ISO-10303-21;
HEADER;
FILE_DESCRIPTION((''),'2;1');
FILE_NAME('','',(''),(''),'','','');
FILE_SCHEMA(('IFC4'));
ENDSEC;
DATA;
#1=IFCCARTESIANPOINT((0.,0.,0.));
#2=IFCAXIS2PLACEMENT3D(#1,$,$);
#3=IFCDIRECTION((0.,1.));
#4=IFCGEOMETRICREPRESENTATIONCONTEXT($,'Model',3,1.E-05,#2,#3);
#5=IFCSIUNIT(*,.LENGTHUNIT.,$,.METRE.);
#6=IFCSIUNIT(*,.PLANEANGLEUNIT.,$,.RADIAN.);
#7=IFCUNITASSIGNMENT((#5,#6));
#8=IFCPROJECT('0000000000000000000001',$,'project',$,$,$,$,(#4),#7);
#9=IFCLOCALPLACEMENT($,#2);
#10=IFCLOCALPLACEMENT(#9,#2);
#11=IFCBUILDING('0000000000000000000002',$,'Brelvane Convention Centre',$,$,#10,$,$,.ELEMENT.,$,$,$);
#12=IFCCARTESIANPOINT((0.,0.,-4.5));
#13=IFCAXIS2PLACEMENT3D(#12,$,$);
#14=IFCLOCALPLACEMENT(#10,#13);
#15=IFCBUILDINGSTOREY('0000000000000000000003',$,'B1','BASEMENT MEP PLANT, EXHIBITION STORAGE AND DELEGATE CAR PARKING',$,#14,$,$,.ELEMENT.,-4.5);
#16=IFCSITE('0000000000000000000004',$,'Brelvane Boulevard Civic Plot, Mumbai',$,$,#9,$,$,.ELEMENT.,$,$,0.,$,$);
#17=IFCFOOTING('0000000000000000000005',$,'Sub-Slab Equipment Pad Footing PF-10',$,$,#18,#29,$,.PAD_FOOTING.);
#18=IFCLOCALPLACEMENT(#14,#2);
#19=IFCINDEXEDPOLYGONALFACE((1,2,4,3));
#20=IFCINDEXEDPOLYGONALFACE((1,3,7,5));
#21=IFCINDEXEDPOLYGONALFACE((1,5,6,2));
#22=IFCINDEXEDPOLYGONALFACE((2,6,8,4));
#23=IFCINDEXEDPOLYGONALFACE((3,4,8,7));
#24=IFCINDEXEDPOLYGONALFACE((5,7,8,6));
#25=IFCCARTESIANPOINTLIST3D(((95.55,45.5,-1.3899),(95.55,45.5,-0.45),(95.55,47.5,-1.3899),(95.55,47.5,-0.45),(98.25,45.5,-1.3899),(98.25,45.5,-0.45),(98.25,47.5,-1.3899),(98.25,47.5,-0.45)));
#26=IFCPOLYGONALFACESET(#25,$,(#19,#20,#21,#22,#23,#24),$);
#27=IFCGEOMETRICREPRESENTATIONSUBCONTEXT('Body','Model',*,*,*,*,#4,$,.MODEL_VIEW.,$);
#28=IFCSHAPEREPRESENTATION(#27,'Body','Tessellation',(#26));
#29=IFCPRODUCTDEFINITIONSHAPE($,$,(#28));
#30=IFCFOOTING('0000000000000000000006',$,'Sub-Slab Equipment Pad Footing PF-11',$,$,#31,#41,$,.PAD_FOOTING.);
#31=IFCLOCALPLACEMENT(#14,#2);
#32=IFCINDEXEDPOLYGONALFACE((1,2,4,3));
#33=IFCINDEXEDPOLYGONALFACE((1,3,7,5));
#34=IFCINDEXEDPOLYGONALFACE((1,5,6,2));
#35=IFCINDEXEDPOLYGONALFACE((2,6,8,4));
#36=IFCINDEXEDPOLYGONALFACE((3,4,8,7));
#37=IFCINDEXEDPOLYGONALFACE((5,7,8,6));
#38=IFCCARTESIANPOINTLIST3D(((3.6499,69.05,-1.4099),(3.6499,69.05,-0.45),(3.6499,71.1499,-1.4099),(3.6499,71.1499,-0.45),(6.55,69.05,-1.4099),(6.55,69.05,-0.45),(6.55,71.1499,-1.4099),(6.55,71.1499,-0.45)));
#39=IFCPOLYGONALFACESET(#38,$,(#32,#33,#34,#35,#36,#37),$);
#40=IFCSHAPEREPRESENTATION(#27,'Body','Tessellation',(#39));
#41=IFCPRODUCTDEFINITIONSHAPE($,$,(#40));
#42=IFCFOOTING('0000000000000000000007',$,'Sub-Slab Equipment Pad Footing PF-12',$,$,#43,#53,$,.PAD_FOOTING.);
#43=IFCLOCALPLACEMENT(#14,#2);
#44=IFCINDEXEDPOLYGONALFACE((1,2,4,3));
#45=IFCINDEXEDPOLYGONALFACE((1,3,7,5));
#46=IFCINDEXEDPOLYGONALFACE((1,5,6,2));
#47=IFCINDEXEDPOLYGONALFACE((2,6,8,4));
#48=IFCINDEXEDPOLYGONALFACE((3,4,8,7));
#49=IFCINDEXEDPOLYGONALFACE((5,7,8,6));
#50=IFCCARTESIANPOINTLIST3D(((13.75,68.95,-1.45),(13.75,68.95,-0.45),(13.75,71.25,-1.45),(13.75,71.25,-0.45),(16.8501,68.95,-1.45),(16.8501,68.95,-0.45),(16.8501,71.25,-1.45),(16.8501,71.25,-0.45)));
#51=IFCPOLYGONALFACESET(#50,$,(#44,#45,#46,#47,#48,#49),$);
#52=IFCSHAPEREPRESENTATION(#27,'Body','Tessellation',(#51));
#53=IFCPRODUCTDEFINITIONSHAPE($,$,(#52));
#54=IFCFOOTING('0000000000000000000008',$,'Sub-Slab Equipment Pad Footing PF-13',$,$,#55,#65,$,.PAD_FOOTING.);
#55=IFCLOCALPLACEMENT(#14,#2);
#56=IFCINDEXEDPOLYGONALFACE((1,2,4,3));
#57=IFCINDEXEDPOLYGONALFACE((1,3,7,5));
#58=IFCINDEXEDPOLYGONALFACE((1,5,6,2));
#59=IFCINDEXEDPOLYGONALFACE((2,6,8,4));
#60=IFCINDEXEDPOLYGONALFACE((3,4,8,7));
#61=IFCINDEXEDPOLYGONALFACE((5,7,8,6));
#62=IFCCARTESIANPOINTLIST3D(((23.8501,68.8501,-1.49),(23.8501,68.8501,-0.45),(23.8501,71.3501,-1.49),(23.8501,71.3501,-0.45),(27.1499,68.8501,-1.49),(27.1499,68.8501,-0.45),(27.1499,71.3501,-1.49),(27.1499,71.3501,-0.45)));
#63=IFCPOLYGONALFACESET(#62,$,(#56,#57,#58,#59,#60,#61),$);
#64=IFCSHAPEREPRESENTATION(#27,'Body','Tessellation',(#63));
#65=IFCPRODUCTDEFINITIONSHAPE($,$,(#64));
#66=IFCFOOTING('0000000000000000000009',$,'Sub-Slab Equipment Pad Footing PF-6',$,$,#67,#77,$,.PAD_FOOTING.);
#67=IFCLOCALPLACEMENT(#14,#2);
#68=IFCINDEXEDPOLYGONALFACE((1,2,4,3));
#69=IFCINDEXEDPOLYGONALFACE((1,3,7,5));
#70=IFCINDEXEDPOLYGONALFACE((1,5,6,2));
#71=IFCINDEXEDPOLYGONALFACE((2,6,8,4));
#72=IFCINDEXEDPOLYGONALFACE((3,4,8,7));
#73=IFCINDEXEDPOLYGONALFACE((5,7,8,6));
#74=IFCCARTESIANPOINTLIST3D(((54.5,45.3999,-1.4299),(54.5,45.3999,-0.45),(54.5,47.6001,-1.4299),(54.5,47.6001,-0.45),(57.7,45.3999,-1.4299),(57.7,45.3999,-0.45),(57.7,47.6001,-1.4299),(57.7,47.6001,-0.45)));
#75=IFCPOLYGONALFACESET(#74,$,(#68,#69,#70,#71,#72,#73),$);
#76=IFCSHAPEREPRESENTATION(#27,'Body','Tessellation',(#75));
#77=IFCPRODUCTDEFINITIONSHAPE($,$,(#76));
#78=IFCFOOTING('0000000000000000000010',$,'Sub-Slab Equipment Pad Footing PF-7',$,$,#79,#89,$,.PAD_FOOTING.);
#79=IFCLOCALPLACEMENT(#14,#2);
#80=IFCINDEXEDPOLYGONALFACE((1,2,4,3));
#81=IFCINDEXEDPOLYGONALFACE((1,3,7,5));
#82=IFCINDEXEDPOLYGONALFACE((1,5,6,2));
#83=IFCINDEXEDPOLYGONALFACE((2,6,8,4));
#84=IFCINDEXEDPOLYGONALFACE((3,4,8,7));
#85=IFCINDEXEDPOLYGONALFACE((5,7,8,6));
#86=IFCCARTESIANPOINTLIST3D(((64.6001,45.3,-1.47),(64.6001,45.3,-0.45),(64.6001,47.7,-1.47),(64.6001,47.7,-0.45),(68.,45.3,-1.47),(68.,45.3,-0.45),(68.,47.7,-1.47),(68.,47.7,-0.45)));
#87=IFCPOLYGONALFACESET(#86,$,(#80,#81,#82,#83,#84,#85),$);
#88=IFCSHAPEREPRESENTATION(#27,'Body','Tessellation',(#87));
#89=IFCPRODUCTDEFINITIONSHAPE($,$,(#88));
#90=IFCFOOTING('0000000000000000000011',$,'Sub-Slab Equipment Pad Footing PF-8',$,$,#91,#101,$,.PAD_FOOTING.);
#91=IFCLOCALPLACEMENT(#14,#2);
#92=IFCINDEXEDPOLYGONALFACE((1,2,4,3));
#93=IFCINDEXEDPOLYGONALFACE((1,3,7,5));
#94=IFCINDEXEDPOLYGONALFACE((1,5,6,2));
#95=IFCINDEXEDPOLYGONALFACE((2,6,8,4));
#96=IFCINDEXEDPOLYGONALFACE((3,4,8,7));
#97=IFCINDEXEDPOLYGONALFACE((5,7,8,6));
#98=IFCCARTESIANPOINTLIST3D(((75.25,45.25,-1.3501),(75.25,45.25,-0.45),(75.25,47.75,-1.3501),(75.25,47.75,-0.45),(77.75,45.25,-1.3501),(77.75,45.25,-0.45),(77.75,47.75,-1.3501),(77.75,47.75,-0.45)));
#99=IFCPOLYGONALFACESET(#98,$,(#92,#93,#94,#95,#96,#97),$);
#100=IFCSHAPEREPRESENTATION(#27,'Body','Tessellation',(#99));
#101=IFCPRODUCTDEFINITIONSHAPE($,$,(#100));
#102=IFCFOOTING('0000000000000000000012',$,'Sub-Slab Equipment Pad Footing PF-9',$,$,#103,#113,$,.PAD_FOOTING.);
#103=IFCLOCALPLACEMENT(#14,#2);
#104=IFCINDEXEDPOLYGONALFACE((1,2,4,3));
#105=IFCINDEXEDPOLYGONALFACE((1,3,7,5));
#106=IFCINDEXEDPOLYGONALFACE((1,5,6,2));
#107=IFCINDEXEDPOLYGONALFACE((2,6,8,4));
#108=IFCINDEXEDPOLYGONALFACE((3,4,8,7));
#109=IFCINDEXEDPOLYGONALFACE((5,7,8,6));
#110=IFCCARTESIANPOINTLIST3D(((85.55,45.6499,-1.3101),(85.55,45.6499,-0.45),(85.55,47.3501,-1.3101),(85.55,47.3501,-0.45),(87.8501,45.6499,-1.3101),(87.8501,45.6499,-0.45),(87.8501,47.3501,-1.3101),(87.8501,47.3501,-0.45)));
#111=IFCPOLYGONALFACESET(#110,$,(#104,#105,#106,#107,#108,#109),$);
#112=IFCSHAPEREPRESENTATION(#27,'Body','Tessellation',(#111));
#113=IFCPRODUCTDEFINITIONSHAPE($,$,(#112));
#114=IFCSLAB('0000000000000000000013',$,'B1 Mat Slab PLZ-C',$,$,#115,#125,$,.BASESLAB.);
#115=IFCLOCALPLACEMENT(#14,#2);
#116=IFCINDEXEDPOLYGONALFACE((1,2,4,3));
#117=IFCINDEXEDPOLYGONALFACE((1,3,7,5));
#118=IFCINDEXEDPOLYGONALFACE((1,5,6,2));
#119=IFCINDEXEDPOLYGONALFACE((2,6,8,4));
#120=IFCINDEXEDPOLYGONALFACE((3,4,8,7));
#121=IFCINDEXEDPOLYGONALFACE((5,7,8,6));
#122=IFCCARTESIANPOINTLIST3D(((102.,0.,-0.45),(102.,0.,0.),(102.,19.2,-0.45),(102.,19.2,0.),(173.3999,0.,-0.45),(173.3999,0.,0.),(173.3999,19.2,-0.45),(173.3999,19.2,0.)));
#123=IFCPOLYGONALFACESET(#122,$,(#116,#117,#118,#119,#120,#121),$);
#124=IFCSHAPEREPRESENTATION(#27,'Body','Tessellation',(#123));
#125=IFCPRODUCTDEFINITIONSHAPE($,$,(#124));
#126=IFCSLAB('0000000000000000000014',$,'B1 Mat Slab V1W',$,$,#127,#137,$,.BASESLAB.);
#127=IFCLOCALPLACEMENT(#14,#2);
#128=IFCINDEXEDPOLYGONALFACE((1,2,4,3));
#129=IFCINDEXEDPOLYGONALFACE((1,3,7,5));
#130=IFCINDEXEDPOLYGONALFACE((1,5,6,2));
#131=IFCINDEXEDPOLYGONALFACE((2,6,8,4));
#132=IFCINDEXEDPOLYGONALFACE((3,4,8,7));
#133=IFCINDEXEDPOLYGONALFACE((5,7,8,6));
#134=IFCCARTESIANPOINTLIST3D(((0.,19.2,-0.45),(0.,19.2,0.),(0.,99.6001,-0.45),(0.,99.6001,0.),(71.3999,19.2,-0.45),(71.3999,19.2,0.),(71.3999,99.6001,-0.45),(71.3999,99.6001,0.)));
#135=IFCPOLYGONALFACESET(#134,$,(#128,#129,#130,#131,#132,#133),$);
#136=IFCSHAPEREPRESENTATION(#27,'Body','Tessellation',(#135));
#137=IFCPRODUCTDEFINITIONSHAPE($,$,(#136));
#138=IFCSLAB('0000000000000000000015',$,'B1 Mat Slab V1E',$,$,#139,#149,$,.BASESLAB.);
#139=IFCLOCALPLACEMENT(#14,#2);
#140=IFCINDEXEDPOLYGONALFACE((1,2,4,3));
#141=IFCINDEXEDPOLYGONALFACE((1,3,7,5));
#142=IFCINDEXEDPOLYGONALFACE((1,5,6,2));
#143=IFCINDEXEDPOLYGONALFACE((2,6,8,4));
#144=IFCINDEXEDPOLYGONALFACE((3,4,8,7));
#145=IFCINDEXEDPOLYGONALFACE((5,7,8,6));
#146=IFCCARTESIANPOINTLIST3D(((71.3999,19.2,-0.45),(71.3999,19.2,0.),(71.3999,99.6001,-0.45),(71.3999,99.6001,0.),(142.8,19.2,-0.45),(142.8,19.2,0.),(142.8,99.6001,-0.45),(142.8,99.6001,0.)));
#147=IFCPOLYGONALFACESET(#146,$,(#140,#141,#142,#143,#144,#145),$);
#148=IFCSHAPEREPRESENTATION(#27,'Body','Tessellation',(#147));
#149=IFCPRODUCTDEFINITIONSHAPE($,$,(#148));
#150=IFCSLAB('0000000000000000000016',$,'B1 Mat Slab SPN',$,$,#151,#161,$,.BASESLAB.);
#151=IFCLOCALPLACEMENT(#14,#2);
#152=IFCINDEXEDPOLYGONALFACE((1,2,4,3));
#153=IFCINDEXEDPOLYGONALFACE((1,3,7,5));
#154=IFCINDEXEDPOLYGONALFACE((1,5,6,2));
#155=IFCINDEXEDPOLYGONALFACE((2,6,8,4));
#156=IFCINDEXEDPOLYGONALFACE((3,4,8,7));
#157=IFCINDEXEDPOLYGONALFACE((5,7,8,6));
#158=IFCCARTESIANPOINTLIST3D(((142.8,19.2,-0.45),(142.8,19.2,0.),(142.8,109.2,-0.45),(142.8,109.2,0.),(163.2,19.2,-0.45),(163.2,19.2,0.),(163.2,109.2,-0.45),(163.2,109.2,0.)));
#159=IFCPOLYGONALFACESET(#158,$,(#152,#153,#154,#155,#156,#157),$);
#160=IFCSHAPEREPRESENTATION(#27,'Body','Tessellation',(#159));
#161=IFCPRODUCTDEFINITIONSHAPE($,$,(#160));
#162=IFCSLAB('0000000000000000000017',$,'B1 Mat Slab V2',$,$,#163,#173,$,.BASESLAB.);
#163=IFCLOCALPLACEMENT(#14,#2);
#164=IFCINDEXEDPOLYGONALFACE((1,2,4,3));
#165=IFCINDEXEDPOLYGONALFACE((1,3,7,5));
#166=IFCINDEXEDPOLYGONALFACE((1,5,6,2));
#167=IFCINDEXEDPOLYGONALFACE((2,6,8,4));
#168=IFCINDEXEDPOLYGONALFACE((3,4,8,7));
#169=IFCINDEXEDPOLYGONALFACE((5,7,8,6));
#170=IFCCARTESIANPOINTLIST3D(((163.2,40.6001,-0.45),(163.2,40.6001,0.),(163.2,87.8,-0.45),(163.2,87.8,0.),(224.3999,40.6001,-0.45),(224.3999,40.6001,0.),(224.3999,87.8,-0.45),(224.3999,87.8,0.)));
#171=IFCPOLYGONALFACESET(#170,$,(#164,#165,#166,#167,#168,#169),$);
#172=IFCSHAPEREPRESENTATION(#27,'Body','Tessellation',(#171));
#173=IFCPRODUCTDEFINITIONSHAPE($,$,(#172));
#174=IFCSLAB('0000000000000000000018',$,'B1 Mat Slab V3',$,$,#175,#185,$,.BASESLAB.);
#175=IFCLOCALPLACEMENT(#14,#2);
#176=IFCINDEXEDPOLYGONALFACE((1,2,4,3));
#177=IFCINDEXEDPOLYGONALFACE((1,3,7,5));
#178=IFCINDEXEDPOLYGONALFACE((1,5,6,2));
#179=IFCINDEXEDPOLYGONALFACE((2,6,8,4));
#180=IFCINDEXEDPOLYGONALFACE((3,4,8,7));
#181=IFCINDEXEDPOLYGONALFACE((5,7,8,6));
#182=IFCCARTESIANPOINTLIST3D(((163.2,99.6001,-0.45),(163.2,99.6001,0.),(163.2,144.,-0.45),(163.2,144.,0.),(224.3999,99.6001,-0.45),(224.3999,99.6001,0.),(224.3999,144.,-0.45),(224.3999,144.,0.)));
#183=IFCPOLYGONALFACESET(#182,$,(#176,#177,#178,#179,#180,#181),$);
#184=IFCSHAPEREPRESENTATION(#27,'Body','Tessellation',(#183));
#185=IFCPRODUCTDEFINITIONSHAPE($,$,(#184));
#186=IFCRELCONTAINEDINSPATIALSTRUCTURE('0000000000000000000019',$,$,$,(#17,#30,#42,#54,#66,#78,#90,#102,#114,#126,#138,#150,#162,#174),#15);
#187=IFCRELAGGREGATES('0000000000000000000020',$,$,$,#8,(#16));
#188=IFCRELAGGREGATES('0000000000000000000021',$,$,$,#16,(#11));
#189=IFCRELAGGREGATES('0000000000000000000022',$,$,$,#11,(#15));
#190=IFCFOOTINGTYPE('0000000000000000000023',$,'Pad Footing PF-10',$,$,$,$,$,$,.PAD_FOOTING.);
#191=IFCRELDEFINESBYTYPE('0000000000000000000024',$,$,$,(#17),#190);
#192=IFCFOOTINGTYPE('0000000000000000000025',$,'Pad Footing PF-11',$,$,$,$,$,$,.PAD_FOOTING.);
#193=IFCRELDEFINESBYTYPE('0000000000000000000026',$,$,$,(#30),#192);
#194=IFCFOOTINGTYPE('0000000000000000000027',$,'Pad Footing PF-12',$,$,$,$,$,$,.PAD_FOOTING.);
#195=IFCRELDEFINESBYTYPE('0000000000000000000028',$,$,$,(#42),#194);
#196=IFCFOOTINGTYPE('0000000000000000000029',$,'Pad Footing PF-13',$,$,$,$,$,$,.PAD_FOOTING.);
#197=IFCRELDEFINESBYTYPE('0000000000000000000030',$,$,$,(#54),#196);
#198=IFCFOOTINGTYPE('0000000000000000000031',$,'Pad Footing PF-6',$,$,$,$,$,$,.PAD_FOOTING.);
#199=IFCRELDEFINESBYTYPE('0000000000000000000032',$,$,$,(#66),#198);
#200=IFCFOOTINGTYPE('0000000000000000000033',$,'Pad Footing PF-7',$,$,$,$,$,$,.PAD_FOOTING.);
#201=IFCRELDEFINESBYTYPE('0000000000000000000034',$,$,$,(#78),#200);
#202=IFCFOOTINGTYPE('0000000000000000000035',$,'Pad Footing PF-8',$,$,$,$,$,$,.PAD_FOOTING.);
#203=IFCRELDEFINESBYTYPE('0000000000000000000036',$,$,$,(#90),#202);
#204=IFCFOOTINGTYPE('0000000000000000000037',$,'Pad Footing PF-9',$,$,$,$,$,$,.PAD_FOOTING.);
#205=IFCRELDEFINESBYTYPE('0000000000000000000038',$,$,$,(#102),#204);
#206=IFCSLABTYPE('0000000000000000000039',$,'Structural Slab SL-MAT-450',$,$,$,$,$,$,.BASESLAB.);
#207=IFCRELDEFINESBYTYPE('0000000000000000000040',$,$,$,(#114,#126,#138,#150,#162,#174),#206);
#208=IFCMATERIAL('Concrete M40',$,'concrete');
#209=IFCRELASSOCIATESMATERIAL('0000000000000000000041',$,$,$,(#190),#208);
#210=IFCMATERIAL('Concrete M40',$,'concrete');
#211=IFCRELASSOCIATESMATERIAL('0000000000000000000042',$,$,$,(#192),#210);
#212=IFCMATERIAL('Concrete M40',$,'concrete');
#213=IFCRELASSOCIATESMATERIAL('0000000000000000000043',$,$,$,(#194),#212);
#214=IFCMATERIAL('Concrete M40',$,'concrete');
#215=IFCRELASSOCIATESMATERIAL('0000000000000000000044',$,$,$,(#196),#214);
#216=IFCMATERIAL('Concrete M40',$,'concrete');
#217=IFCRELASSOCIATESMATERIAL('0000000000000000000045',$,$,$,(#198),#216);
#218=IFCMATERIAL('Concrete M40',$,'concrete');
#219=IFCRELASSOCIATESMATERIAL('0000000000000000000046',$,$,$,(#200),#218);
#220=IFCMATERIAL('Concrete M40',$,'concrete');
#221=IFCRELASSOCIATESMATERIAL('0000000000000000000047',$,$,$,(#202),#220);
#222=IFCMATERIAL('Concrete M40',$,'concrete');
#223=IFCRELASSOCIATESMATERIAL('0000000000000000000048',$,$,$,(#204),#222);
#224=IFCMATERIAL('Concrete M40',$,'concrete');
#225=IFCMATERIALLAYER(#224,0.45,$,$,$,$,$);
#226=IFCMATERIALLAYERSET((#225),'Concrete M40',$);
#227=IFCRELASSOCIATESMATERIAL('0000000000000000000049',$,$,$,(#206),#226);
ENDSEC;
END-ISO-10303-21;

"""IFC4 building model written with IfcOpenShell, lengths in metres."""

from ifc_helpers import new_model, si_unit, direction, frame, origin, place, context, subcontext, project, spatial, polyline, outline, extrude, material, layer, layer_set, type_object, element, save


model = new_model("IFC4")

# Units and contexts
model_context = context("Model", 3, precision=1e-05, world=origin(), true_north=direction((0.0, 1.0)))
body_context = subcontext(model_context, "Body", "Model", "MODEL_VIEW")
ifc_project = project(units=[si_unit("LENGTHUNIT", "METRE"), si_unit("PLANEANGLEUNIT", "RADIAN")], contexts=[model_context])

# Site, building, storey
site_placement = place(None, origin())
site = spatial("IfcSite", under=ifc_project, at=site_placement, Name="Brelvane Boulevard Civic Plot, Mumbai", CompositionType="ELEMENT", RefElevation=0.0)
building_placement = place(site_placement, origin())
building = spatial("IfcBuilding", under=site, at=building_placement, Name="Brelvane Convention Centre", CompositionType="ELEMENT")
storey_placement = place(building_placement, frame((0.0, 0.0, -4.5)))
storey = spatial("IfcBuildingStorey", under=building, at=storey_placement, Name="B1", Description="BASEMENT MEP PLANT, EXHIBITION STORAGE AND DELEGATE CAR PARKING", CompositionType="ELEMENT", Elevation=-4.5)

# Footings
ifc_material_1 = material(Name="Concrete M40", Category="concrete")
footing_type_1 = type_object("IfcFootingType", Name="Pad Footing PF-10", PredefinedType="PAD_FOOTING", material=ifc_material_1)
footing_1_placement = place(storey_placement, frame((0.0, 0.0, -1.3899)))
element("IfcFooting", 1, at=footing_1_placement, inside=storey, type_object=footing_type_1, Name="Sub-Slab Equipment Pad Footing PF-10", PredefinedType="PAD_FOOTING", context=body_context, shape_type="SweptSolid", body=[
    extrude(outline(polyline([(95.55, 45.5), (98.25, 45.5), (98.25, 47.5), (95.55, 47.5), (95.55, 45.5)])), origin(), (0.0, 0.0, 1.0), 0.9399),
])
ifc_material_2 = material(Name="Concrete M40", Category="concrete")
footing_type_2 = type_object("IfcFootingType", Name="Pad Footing PF-11", PredefinedType="PAD_FOOTING", material=ifc_material_2)
footing_2_placement = place(storey_placement, frame((0.0, 0.0, -1.4099)))
element("IfcFooting", 2, at=footing_2_placement, inside=storey, type_object=footing_type_2, Name="Sub-Slab Equipment Pad Footing PF-11", PredefinedType="PAD_FOOTING", context=body_context, shape_type="SweptSolid", body=[
    extrude(outline(polyline([(3.6499, 69.05), (6.55, 69.05), (6.55, 71.1499), (3.6499, 71.1499), (3.6499, 69.05)])), origin(), (0.0, 0.0, 1.0), 0.96),
])
ifc_material_3 = material(Name="Concrete M40", Category="concrete")
footing_type_3 = type_object("IfcFootingType", Name="Pad Footing PF-12", PredefinedType="PAD_FOOTING", material=ifc_material_3)
footing_3_placement = place(storey_placement, frame((0.0, 0.0, -1.45)))
element("IfcFooting", 3, at=footing_3_placement, inside=storey, type_object=footing_type_3, Name="Sub-Slab Equipment Pad Footing PF-12", PredefinedType="PAD_FOOTING", context=body_context, shape_type="SweptSolid", body=[
    extrude(outline(polyline([(13.75, 68.95), (16.8501, 68.95), (16.8501, 71.25), (13.75, 71.25), (13.75, 68.95)])), origin(), (0.0, 0.0, 1.0), 1.0),
])
ifc_material_4 = material(Name="Concrete M40", Category="concrete")
footing_type_4 = type_object("IfcFootingType", Name="Pad Footing PF-13", PredefinedType="PAD_FOOTING", material=ifc_material_4)
footing_4_placement = place(storey_placement, frame((0.0, 0.0, -1.49)))
element("IfcFooting", 4, at=footing_4_placement, inside=storey, type_object=footing_type_4, Name="Sub-Slab Equipment Pad Footing PF-13", PredefinedType="PAD_FOOTING", context=body_context, shape_type="SweptSolid", body=[
    extrude(outline(polyline([(23.8501, 68.8501), (27.1499, 68.8501), (27.1499, 71.3501), (23.8501, 71.3501), (23.8501, 68.8501)])), origin(), (0.0, 0.0, 1.0), 1.04),
])
ifc_material_5 = material(Name="Concrete M40", Category="concrete")
footing_type_5 = type_object("IfcFootingType", Name="Pad Footing PF-6", PredefinedType="PAD_FOOTING", material=ifc_material_5)
footing_5_placement = place(storey_placement, frame((0.0, 0.0, -1.4299)))
element("IfcFooting", 5, at=footing_5_placement, inside=storey, type_object=footing_type_5, Name="Sub-Slab Equipment Pad Footing PF-6", PredefinedType="PAD_FOOTING", context=body_context, shape_type="SweptSolid", body=[
    extrude(outline(polyline([(54.5, 45.3999), (57.7, 45.3999), (57.7, 47.6001), (54.5, 47.6001), (54.5, 45.3999)])), origin(), (0.0, 0.0, 1.0), 0.98),
])
ifc_material_6 = material(Name="Concrete M40", Category="concrete")
footing_type_6 = type_object("IfcFootingType", Name="Pad Footing PF-7", PredefinedType="PAD_FOOTING", material=ifc_material_6)
footing_6_placement = place(storey_placement, frame((0.0, 0.0, -1.47)))
element("IfcFooting", 6, at=footing_6_placement, inside=storey, type_object=footing_type_6, Name="Sub-Slab Equipment Pad Footing PF-7", PredefinedType="PAD_FOOTING", context=body_context, shape_type="SweptSolid", body=[
    extrude(outline(polyline([(64.6001, 45.3), (68.0, 45.3), (68.0, 47.7), (64.6001, 47.7), (64.6001, 45.3)])), origin(), (0.0, 0.0, 1.0), 1.02),
])
ifc_material_7 = material(Name="Concrete M40", Category="concrete")
footing_type_7 = type_object("IfcFootingType", Name="Pad Footing PF-8", PredefinedType="PAD_FOOTING", material=ifc_material_7)
footing_7_placement = place(storey_placement, frame((0.0, 0.0, -1.3501)))
element("IfcFooting", 7, at=footing_7_placement, inside=storey, type_object=footing_type_7, Name="Sub-Slab Equipment Pad Footing PF-8", PredefinedType="PAD_FOOTING", context=body_context, shape_type="SweptSolid", body=[
    extrude(outline(polyline([(75.25, 45.25), (77.75, 45.25), (77.75, 47.75), (75.25, 47.75), (75.25, 45.25)])), origin(), (0.0, 0.0, 1.0), 0.9001),
])
ifc_material_8 = material(Name="Concrete M40", Category="concrete")
footing_type_8 = type_object("IfcFootingType", Name="Pad Footing PF-9", PredefinedType="PAD_FOOTING", material=ifc_material_8)
footing_8_placement = place(storey_placement, frame((0.0, 0.0, -1.3101)))
element("IfcFooting", 8, at=footing_8_placement, inside=storey, type_object=footing_type_8, Name="Sub-Slab Equipment Pad Footing PF-9", PredefinedType="PAD_FOOTING", context=body_context, shape_type="SweptSolid", body=[
    extrude(outline(polyline([(85.55, 45.6499), (87.8501, 45.6499), (87.8501, 47.3501), (85.55, 47.3501), (85.55, 45.6499)])), origin(), (0.0, 0.0, 1.0), 0.8601),
])

# Slabs
ifc_material_9 = material(Name="Concrete M40", Category="concrete")
ifc_layer_1 = layer(ifc_material_9, 0.45)
ifc_layer_set_1 = layer_set([ifc_layer_1], Name="Concrete M40")
slab_type = type_object("IfcSlabType", Name="Structural Slab SL-MAT-450", PredefinedType="BASESLAB", material=ifc_layer_set_1)
slab_1_placement = place(storey_placement, frame((0.0, 0.0, -0.45)))
element("IfcSlab", 9, at=slab_1_placement, inside=storey, type_object=slab_type, Name="B1 Mat Slab PLZ-C", PredefinedType="BASESLAB", context=body_context, shape_type="SweptSolid", body=[
    extrude(outline(polyline([(102.0, 0.0), (173.3999, 0.0), (173.3999, 19.2), (102.0, 19.2), (102.0, 0.0)])), origin(), (0.0, 0.0, 1.0), 0.45),
])
slab_2_placement = place(storey_placement, frame((0.0, 0.0, -0.45)))
element("IfcSlab", 10, at=slab_2_placement, inside=storey, type_object=slab_type, Name="B1 Mat Slab V1W", PredefinedType="BASESLAB", context=body_context, shape_type="SweptSolid", body=[
    extrude(outline(polyline([(0.0, 19.2), (71.3999, 19.2), (71.3999, 99.6001), (0.0, 99.6001), (0.0, 19.2)])), origin(), (0.0, 0.0, 1.0), 0.45),
])
slab_3_placement = place(storey_placement, frame((0.0, 0.0, -0.45)))
element("IfcSlab", 11, at=slab_3_placement, inside=storey, type_object=slab_type, Name="B1 Mat Slab V1E", PredefinedType="BASESLAB", context=body_context, shape_type="SweptSolid", body=[
    extrude(outline(polyline([(71.3999, 19.2), (142.8, 19.2), (142.8, 99.6001), (71.3999, 99.6001), (71.3999, 19.2)])), origin(), (0.0, 0.0, 1.0), 0.45),
])
slab_4_placement = place(storey_placement, frame((0.0, 0.0, -0.45)))
element("IfcSlab", 12, at=slab_4_placement, inside=storey, type_object=slab_type, Name="B1 Mat Slab SPN", PredefinedType="BASESLAB", context=body_context, shape_type="SweptSolid", body=[
    extrude(outline(polyline([(142.8, 19.2), (163.2, 19.2), (163.2, 109.2), (142.8, 109.2), (142.8, 19.2)])), origin(), (0.0, 0.0, 1.0), 0.45),
])
slab_5_placement = place(storey_placement, frame((0.0, 0.0, -0.45)))
element("IfcSlab", 13, at=slab_5_placement, inside=storey, type_object=slab_type, Name="B1 Mat Slab V2", PredefinedType="BASESLAB", context=body_context, shape_type="SweptSolid", body=[
    extrude(outline(polyline([(163.2, 40.6001), (224.3999, 40.6001), (224.3999, 87.8), (163.2, 87.8), (163.2, 40.6001)])), origin(), (0.0, 0.0, 1.0), 0.45),
])
slab_6_placement = place(storey_placement, frame((0.0, 0.0, -0.45)))
element("IfcSlab", 14, at=slab_6_placement, inside=storey, type_object=slab_type, Name="B1 Mat Slab V3", PredefinedType="BASESLAB", context=body_context, shape_type="SweptSolid", body=[
    extrude(outline(polyline([(163.2, 99.6001), (224.3999, 99.6001), (224.3999, 144.0), (163.2, 144.0), (163.2, 99.6001)])), origin(), (0.0, 0.0, 1.0), 0.45),
])

save(model, "model.ifc")
